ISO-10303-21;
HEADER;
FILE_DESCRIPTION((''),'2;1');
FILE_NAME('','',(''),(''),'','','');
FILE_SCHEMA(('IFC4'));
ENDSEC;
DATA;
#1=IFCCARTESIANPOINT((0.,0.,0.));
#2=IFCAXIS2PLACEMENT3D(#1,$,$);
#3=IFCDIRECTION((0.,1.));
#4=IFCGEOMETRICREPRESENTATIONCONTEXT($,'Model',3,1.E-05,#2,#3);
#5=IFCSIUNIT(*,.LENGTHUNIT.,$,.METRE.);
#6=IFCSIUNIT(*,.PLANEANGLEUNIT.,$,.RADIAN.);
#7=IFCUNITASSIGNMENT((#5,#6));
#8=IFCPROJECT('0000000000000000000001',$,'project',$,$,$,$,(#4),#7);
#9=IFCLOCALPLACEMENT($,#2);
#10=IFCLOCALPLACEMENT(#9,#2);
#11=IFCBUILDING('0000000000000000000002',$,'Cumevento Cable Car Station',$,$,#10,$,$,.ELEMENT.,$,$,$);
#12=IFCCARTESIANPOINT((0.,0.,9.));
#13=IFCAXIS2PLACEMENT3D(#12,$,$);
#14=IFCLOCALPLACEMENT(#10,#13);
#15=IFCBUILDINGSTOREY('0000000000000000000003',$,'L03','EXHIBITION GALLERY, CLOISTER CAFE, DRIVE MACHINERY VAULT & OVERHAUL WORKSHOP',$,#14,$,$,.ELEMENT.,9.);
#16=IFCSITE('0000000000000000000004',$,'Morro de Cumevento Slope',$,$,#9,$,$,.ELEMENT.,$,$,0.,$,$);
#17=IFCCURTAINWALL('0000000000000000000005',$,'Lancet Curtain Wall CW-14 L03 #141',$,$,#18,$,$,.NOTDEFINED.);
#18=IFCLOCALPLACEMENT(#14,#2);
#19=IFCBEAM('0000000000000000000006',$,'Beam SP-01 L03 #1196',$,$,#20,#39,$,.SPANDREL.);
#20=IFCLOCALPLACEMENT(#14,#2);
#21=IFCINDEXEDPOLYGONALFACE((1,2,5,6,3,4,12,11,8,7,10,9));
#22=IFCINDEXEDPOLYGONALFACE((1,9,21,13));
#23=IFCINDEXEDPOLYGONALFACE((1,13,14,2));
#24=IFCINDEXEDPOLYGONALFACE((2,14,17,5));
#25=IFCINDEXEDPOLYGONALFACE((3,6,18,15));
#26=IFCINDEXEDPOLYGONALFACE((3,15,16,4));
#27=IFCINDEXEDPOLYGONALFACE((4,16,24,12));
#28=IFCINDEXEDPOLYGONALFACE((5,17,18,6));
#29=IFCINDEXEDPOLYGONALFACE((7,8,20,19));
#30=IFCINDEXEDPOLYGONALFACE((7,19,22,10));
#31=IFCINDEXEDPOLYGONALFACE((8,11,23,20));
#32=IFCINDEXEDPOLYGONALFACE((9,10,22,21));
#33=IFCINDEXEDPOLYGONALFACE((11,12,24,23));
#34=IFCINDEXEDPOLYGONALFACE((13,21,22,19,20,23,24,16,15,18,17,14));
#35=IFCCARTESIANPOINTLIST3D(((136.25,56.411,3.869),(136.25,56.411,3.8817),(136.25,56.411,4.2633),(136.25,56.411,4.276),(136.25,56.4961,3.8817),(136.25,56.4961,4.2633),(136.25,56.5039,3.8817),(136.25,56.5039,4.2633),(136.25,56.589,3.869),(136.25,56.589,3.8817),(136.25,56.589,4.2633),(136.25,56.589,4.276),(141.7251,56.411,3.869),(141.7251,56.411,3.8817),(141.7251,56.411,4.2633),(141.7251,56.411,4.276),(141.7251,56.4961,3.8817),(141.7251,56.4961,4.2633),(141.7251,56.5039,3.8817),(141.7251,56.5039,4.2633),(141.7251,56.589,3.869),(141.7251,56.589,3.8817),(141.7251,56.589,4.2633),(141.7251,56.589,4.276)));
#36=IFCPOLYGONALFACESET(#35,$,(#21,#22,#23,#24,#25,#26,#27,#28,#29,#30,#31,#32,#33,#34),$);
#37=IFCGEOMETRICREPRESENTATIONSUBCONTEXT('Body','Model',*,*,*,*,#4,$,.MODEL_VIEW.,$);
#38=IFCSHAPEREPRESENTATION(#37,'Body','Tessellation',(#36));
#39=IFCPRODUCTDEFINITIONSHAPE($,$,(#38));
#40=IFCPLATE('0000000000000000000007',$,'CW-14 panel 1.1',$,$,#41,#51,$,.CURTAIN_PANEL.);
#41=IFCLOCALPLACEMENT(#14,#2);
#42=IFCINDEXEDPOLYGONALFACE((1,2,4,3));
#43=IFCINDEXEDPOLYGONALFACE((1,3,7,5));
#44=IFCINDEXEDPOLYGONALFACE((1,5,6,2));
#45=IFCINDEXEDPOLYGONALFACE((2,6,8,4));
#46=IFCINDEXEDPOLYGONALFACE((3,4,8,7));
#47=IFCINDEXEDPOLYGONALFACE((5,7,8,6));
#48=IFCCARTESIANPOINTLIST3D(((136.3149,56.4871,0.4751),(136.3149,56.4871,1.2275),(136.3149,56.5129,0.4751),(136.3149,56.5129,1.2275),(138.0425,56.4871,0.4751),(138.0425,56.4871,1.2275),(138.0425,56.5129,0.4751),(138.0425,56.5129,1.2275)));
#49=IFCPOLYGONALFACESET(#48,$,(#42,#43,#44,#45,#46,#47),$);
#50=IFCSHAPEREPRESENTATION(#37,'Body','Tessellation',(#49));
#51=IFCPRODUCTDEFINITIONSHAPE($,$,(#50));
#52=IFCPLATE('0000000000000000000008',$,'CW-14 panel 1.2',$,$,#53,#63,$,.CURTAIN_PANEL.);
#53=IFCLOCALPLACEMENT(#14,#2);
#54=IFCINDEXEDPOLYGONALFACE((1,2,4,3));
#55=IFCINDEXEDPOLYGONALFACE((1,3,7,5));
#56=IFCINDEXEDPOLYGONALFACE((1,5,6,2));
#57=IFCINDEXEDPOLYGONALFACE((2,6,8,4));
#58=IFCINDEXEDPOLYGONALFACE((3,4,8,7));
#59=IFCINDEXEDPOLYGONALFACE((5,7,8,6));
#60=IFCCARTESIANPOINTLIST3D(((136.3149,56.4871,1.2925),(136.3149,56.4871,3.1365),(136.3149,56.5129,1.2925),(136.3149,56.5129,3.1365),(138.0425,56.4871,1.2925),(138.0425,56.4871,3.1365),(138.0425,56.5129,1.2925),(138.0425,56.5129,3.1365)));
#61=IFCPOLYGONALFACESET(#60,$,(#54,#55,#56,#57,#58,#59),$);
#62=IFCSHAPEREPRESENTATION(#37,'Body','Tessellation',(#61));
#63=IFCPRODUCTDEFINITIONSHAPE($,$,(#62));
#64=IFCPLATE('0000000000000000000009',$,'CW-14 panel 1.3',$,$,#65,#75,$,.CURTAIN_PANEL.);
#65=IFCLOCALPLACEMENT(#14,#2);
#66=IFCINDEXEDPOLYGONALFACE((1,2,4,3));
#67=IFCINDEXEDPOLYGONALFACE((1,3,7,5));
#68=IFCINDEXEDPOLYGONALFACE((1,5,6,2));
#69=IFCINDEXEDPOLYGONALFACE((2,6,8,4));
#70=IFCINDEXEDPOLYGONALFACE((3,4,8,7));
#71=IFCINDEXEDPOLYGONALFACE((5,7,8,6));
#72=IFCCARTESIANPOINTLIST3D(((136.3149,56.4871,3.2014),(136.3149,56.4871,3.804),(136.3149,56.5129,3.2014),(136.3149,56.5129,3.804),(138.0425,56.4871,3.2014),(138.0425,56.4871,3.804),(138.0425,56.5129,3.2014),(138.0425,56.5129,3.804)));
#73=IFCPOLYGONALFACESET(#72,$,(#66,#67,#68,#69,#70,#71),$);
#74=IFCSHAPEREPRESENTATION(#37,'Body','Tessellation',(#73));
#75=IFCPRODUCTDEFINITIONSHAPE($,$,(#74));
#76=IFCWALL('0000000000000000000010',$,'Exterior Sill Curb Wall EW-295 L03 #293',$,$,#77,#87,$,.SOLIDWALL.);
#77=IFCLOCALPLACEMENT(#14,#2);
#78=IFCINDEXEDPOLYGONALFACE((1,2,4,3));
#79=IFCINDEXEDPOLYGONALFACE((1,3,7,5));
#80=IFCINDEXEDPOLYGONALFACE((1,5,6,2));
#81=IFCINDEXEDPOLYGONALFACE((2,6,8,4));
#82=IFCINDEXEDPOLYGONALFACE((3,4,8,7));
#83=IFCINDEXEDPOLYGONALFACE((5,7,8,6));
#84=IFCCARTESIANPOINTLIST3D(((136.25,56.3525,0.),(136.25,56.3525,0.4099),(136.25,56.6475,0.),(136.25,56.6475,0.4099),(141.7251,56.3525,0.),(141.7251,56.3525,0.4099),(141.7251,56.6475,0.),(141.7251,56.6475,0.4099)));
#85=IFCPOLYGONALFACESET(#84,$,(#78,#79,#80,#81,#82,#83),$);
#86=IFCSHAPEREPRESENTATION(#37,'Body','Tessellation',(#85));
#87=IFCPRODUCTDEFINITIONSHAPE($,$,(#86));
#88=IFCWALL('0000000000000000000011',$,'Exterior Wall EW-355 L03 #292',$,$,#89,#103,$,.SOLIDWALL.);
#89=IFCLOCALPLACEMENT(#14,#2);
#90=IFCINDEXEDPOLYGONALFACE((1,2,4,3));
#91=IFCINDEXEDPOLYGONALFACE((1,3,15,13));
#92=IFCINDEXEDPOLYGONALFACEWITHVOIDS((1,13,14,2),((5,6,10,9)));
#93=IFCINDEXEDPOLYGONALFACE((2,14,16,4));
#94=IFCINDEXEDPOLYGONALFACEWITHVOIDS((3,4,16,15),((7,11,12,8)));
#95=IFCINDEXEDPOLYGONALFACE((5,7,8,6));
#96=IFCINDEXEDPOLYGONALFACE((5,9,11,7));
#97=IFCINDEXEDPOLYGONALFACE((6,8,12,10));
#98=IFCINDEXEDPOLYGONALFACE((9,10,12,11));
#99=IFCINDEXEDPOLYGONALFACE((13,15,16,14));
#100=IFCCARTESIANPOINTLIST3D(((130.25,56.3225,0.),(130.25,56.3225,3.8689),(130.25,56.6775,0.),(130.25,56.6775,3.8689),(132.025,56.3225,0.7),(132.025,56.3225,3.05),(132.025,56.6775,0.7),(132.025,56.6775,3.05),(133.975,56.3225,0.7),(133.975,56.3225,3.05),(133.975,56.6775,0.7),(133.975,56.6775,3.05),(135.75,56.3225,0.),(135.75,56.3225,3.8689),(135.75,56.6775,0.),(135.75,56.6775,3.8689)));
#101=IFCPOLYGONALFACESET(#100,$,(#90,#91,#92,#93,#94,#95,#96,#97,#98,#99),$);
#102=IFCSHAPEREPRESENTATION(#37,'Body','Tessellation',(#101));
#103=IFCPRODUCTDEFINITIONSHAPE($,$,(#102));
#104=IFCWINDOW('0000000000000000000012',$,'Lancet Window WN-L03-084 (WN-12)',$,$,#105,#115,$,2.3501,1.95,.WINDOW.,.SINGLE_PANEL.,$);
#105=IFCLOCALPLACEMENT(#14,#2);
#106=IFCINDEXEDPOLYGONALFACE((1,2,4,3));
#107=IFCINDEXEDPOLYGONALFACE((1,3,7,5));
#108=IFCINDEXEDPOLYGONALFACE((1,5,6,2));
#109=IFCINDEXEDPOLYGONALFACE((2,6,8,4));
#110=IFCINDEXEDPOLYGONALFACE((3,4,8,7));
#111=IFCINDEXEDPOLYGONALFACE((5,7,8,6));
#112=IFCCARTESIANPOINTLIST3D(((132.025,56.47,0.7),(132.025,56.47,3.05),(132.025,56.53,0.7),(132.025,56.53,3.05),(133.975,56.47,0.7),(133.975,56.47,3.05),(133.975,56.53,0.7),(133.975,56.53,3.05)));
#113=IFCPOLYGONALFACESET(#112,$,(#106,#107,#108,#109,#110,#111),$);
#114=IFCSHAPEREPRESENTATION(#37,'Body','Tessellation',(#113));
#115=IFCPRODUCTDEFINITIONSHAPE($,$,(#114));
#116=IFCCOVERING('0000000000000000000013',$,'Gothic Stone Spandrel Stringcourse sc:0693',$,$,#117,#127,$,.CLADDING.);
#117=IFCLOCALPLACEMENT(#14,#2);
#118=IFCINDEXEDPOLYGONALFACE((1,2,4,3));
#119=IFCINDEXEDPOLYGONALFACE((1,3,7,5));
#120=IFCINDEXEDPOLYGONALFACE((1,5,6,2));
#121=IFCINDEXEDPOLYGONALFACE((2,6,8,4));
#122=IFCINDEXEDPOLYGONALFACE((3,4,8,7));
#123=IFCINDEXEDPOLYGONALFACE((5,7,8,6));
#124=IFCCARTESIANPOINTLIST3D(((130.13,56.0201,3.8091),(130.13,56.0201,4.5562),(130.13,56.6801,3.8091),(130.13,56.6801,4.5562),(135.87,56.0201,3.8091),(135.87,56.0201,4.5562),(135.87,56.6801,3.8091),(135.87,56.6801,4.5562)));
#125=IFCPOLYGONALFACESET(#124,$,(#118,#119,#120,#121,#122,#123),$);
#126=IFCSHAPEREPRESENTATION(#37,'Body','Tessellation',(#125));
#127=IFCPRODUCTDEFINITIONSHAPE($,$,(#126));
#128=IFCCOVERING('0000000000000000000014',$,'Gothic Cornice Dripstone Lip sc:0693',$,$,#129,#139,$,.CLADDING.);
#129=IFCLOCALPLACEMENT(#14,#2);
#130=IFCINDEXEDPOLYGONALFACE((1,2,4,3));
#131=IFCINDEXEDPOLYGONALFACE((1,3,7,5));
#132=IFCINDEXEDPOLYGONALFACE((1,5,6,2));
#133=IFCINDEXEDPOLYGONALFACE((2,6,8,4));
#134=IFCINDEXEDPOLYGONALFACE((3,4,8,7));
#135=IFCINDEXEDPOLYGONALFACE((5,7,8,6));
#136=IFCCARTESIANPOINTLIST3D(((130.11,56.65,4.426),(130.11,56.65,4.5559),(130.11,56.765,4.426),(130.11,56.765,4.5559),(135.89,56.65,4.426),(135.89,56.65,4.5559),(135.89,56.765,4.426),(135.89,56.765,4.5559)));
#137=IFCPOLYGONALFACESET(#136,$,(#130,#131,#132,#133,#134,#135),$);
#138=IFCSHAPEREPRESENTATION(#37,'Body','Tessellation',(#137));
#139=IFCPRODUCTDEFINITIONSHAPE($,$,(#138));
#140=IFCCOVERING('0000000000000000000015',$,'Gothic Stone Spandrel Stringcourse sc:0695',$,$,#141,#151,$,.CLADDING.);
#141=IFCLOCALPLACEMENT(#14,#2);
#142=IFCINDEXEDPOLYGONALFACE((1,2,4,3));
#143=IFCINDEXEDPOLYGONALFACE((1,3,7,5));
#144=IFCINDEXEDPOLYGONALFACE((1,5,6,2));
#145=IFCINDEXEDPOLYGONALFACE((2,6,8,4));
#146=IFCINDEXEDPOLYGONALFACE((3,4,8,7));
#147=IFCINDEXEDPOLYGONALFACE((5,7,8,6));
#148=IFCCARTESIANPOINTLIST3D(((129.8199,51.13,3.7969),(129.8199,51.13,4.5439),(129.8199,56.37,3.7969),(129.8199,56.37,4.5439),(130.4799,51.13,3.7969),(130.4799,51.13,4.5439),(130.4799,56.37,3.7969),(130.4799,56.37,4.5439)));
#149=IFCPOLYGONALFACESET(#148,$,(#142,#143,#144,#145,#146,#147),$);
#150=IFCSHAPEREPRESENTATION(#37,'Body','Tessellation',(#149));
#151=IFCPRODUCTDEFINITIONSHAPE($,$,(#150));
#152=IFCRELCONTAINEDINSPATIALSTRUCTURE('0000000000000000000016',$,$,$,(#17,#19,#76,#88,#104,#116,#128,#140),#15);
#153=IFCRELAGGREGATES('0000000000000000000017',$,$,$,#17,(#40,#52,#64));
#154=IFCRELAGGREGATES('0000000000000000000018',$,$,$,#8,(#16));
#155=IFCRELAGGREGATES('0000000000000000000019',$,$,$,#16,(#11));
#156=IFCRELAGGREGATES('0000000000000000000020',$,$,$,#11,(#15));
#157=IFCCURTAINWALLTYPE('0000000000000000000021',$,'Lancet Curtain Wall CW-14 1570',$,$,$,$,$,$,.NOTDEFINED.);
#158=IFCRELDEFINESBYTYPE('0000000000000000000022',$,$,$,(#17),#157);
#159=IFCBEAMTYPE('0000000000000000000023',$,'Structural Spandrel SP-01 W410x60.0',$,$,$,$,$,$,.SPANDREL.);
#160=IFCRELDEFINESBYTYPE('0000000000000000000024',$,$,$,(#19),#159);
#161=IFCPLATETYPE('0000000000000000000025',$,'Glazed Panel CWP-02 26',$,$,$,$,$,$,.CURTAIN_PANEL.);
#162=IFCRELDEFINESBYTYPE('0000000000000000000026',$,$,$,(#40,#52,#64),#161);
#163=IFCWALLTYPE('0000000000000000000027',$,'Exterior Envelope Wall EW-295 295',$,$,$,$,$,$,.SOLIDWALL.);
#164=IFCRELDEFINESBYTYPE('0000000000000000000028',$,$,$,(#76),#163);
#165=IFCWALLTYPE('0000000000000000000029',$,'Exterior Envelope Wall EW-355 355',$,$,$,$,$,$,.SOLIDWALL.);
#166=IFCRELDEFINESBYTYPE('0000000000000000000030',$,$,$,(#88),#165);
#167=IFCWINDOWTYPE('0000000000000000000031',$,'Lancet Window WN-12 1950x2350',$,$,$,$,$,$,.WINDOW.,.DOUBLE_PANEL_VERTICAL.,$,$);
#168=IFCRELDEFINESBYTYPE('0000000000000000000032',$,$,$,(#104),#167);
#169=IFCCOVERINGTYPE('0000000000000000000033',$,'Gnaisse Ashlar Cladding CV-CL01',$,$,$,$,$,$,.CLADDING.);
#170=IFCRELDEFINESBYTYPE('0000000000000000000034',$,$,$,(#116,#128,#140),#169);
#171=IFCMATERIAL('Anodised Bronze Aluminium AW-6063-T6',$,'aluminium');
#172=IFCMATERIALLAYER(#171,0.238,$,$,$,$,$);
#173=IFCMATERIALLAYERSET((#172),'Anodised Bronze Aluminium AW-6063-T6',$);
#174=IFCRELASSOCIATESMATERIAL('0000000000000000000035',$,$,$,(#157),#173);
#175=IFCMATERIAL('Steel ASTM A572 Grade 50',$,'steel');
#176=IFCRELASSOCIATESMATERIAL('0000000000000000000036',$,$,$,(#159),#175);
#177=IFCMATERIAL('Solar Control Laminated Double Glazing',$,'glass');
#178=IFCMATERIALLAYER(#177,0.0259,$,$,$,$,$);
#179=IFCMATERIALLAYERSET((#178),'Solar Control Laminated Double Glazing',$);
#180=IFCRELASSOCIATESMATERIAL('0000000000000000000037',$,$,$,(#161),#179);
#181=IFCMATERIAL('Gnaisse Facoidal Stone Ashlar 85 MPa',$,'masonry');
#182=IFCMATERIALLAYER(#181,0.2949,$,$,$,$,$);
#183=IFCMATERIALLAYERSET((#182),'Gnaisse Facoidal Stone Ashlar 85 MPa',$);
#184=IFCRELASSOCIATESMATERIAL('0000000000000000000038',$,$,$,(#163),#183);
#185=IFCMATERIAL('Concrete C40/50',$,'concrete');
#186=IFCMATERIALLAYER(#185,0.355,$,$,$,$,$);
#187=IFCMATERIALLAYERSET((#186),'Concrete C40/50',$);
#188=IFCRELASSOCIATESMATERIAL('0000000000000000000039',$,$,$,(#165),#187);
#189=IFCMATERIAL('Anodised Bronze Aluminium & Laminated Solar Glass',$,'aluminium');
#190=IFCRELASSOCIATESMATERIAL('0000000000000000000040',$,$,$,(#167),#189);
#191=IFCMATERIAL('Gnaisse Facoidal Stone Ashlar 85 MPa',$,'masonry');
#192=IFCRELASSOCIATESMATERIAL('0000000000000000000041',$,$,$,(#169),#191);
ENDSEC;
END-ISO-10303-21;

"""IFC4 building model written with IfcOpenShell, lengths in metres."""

from ifc_helpers import new_model, si_unit, direction, frame, frame_2d, origin, origin_2d, place, context, subcontext, project, spatial, rectangle, i_section, extrude, material, layer, layer_set, material_profile, profile_set, type_object, element, fill, aggregate, save


model = new_model("IFC4")

# Units and contexts
model_context = context("Model", 3, precision=1e-05, world=origin(), true_north=direction((0.0, 1.0)))
body_context = subcontext(model_context, "Body", "Model", "MODEL_VIEW")
ifc_project = project(units=[si_unit("LENGTHUNIT", "METRE"), si_unit("PLANEANGLEUNIT", "RADIAN")], contexts=[model_context])

# Site, building, storey
site_placement = place(None, origin())
site = spatial("IfcSite", under=ifc_project, at=site_placement, Name="Morro de Cumevento Slope", CompositionType="ELEMENT", RefElevation=0.0)
building_placement = place(site_placement, origin())
building = spatial("IfcBuilding", under=site, at=building_placement, Name="Cumevento Cable Car Station", CompositionType="ELEMENT")
storey_placement = place(building_placement, frame((0.0, 0.0, 9.0)))
storey = spatial("IfcBuildingStorey", under=building, at=storey_placement, Name="L03", Description="EXHIBITION GALLERY, CLOISTER CAFE, DRIVE MACHINERY VAULT & OVERHAUL WORKSHOP", CompositionType="ELEMENT", Elevation=9.0)

# Curtain wall
ifc_material_1 = material(Name="Anodised Bronze Aluminium AW-6063-T6", Category="aluminium")
ifc_layer_1 = layer(ifc_material_1, 0.238)
ifc_layer_set_1 = layer_set([ifc_layer_1], Name="Anodised Bronze Aluminium AW-6063-T6")
curtain_wall_type = type_object("IfcCurtainWallType", Name="Lancet Curtain Wall CW-14 1570", PredefinedType="NOTDEFINED", material=ifc_layer_set_1)
curtain_wall_placement = place(storey_placement, origin())
curtain_wall = element("IfcCurtainWall", 1, at=curtain_wall_placement, inside=storey, type_object=curtain_wall_type, Name="Lancet Curtain Wall CW-14 L03 #141", PredefinedType="NOTDEFINED")

# Beam
ifc_material_2 = material(Name="Steel ASTM A572 Grade 50", Category="steel")
ifc_material_profile_1 = material_profile(ifc_material_2, i_section(OverallWidth=0.178, OverallDepth=0.407, WebThickness=0.0078, FlangeThickness=0.0127, at=origin_2d()), Name="W410x60.0")
ifc_profile_set_1 = profile_set([ifc_material_profile_1], Name="Steel ASTM A572 Grade 50")
beam_type_1 = type_object("IfcBeamType", Name="Structural Spandrel SP-01 W410x60.0", PredefinedType="SPANDREL", material=ifc_profile_set_1)
beam_1_placement = place(storey_placement, frame((136.25, 56.5, 4.0725), z_axis=(1.0, 0.0, 0.0), x_axis=(0.0, 1.0, 0.0)))
element("IfcBeam", 2, at=beam_1_placement, inside=storey, type_object=beam_type_1, Name="Beam SP-01 L03 #1196", PredefinedType="SPANDREL", context=body_context, shape_type="SweptSolid", body=[
    extrude(i_section(OverallWidth=0.178, OverallDepth=0.407, WebThickness=0.0078, FlangeThickness=0.0127, at=origin_2d()), origin(), (0.0, 0.0, 1.0), 5.4751),
])

# Plates
ifc_material_3 = material(Name="Solar Control Laminated Double Glazing", Category="glass")
ifc_layer_2 = layer(ifc_material_3, 0.0259)
ifc_layer_set_2 = layer_set([ifc_layer_2], Name="Solar Control Laminated Double Glazing")
plate_type = type_object("IfcPlateType", Name="Glazed Panel CWP-02 26", PredefinedType="CURTAIN_PANEL", material=ifc_layer_set_2)
plate_1_placement = place(storey_placement, frame((137.1787, 56.5, 0.4751), z_axis=(0.0, 0.0, 1.0), x_axis=(1.0, 0.0, 0.0)))
plate_1 = element("IfcPlate", 3, at=plate_1_placement, type_object=plate_type, Name="CW-14 panel 1.1", PredefinedType="CURTAIN_PANEL", context=body_context, shape_type="SweptSolid", body=[
    extrude(rectangle(XDim=1.7275, YDim=0.0259, at=origin_2d()), origin(), (0.0, 0.0, 1.0), 0.7524),
])
plate_2_placement = place(storey_placement, frame((137.1787, 56.5, 1.2925), z_axis=(0.0, 0.0, 1.0), x_axis=(1.0, 0.0, 0.0)))
plate_2 = element("IfcPlate", 4, at=plate_2_placement, type_object=plate_type, Name="CW-14 panel 1.2", PredefinedType="CURTAIN_PANEL", context=body_context, shape_type="SweptSolid", body=[
    extrude(rectangle(XDim=1.7275, YDim=0.0259, at=origin_2d()), origin(), (0.0, 0.0, 1.0), 1.844),
])
plate_3_placement = place(storey_placement, frame((137.1787, 56.5, 3.2014), z_axis=(0.0, 0.0, 1.0), x_axis=(1.0, 0.0, 0.0)))
plate_3 = element("IfcPlate", 5, at=plate_3_placement, type_object=plate_type, Name="CW-14 panel 1.3", PredefinedType="CURTAIN_PANEL", context=body_context, shape_type="SweptSolid", body=[
    extrude(rectangle(XDim=1.7275, YDim=0.0259, at=origin_2d()), origin(), (0.0, 0.0, 1.0), 0.6025),
])
aggregate(curtain_wall, [plate_1, plate_2, plate_3])

# Wall
ifc_material_4 = material(Name="Gnaisse Facoidal Stone Ashlar 85 MPa", Category="masonry")
ifc_layer_3 = layer(ifc_material_4, 0.2949)
ifc_layer_set_3 = layer_set([ifc_layer_3], Name="Gnaisse Facoidal Stone Ashlar 85 MPa")
wall_type_1 = type_object("IfcWallType", Name="Exterior Envelope Wall EW-295 295", PredefinedType="SOLIDWALL", material=ifc_layer_set_3)
wall_1_placement = place(storey_placement, frame((136.25, 56.5, 0.0), z_axis=(0.0, 0.0, 1.0), x_axis=(1.0, 0.0, 0.0)))
element("IfcWall", 6, at=wall_1_placement, inside=storey, type_object=wall_type_1, Name="Exterior Sill Curb Wall EW-295 L03 #293", PredefinedType="SOLIDWALL", context=body_context, shape_type="SweptSolid", body=[
    extrude(rectangle(XDim=5.4751, YDim=0.2949, at=frame_2d((2.7375, 0.0))), origin(), (0.0, 0.0, 1.0), 0.4099),
])

# Wall, opening, window
ifc_material_5 = material(Name="Concrete C40/50", Category="concrete")
ifc_layer_4 = layer(ifc_material_5, 0.355)
ifc_layer_set_4 = layer_set([ifc_layer_4], Name="Concrete C40/50")
wall_type_2 = type_object("IfcWallType", Name="Exterior Envelope Wall EW-355 355", PredefinedType="SOLIDWALL", material=ifc_layer_set_4)
wall_2_placement = place(storey_placement, frame((130.25, 56.5, 0.0), z_axis=(0.0, 0.0, 1.0), x_axis=(1.0, 0.0, 0.0)))
wall_2 = element("IfcWall", 7, at=wall_2_placement, inside=storey, type_object=wall_type_2, Name="Exterior Wall EW-355 L03 #292", PredefinedType="SOLIDWALL", context=body_context, shape_type="SweptSolid", body=[
    extrude(rectangle(XDim=5.5, YDim=0.355, at=frame_2d((2.75, 0.0))), origin(), (0.0, 0.0, 1.0), 3.8689),
])
opening_placement = place(wall_2_placement, frame((1.7749, 0.0, 0.7)))
opening = element("IfcOpeningElement", 8, at=opening_placement, cuts=wall_2, PredefinedType="OPENING", context=body_context, shape_type="SweptSolid", body=[
    extrude(rectangle(XDim=1.95, YDim=2.3501, at=frame_2d((0.9751, 1.175))), frame((0.0, 0.1875, 0.0), z_axis=(0.0, -1.0, 0.0), x_axis=(1.0, 0.0, 0.0)), (0.0, 0.0, 1.0), 0.375),
])
ifc_material_6 = material(Name="Anodised Bronze Aluminium & Laminated Solar Glass", Category="aluminium")
window_type = type_object("IfcWindowType", Name="Lancet Window WN-12 1950x2350", PartitioningType="DOUBLE_PANEL_VERTICAL", PredefinedType="WINDOW", material=ifc_material_6)
window_placement = place(opening_placement, origin())
window = element("IfcWindow", 9, at=window_placement, inside=storey, type_object=window_type, Name="Lancet Window WN-L03-084 (WN-12)", OverallHeight=2.3501, OverallWidth=1.95, PartitioningType="SINGLE_PANEL", PredefinedType="WINDOW", context=body_context, shape_type="SweptSolid", body=[
    extrude(rectangle(XDim=1.95, YDim=2.3501, at=frame_2d((0.9751, 1.175))), frame((0.0, 0.03, 0.0), z_axis=(0.0, -1.0, 0.0), x_axis=(1.0, 0.0, 0.0)), (0.0, 0.0, 1.0), 0.0601),
])
fill(opening, window)

# Coverings
ifc_material_7 = material(Name="Gnaisse Facoidal Stone Ashlar 85 MPa", Category="masonry")
covering_type = type_object("IfcCoveringType", Name="Gnaisse Ashlar Cladding CV-CL01", PredefinedType="CLADDING", material=ifc_material_7)
covering_1_placement = place(storey_placement, frame((133.0, 56.3501, 3.8091), z_axis=(0.0, 0.0, 1.0), x_axis=(1.0, 0.0, 0.0)))
element("IfcCovering", 10, at=covering_1_placement, inside=storey, type_object=covering_type, Name="Gothic Stone Spandrel Stringcourse sc:0693", PredefinedType="CLADDING", context=body_context, shape_type="SweptSolid", body=[
    extrude(rectangle(XDim=5.74, YDim=0.6599, at=origin_2d()), origin(), (0.0, 0.0, 1.0), 0.7471),
])
covering_2_placement = place(storey_placement, frame((133.0, 56.7075, 4.426), z_axis=(0.0, 0.0, 1.0), x_axis=(1.0, 0.0, 0.0)))
element("IfcCovering", 11, at=covering_2_placement, inside=storey, type_object=covering_type, Name="Gothic Cornice Dripstone Lip sc:0693", PredefinedType="CLADDING", context=body_context, shape_type="SweptSolid", body=[
    extrude(rectangle(XDim=5.78, YDim=0.115, at=origin_2d()), origin(), (0.0, 0.0, 1.0), 0.1299),
])
covering_3_placement = place(storey_placement, frame((130.1499, 53.75, 3.7969), z_axis=(0.0, 0.0, 1.0), x_axis=(0.0, 1.0, 0.0)))
element("IfcCovering", 12, at=covering_3_placement, inside=storey, type_object=covering_type, Name="Gothic Stone Spandrel Stringcourse sc:0695", PredefinedType="CLADDING", context=body_context, shape_type="SweptSolid", body=[
    extrude(rectangle(XDim=5.24, YDim=0.6599, at=origin_2d()), origin(), (0.0, 0.0, 1.0), 0.7471),
])

save(model, "model.ifc")
